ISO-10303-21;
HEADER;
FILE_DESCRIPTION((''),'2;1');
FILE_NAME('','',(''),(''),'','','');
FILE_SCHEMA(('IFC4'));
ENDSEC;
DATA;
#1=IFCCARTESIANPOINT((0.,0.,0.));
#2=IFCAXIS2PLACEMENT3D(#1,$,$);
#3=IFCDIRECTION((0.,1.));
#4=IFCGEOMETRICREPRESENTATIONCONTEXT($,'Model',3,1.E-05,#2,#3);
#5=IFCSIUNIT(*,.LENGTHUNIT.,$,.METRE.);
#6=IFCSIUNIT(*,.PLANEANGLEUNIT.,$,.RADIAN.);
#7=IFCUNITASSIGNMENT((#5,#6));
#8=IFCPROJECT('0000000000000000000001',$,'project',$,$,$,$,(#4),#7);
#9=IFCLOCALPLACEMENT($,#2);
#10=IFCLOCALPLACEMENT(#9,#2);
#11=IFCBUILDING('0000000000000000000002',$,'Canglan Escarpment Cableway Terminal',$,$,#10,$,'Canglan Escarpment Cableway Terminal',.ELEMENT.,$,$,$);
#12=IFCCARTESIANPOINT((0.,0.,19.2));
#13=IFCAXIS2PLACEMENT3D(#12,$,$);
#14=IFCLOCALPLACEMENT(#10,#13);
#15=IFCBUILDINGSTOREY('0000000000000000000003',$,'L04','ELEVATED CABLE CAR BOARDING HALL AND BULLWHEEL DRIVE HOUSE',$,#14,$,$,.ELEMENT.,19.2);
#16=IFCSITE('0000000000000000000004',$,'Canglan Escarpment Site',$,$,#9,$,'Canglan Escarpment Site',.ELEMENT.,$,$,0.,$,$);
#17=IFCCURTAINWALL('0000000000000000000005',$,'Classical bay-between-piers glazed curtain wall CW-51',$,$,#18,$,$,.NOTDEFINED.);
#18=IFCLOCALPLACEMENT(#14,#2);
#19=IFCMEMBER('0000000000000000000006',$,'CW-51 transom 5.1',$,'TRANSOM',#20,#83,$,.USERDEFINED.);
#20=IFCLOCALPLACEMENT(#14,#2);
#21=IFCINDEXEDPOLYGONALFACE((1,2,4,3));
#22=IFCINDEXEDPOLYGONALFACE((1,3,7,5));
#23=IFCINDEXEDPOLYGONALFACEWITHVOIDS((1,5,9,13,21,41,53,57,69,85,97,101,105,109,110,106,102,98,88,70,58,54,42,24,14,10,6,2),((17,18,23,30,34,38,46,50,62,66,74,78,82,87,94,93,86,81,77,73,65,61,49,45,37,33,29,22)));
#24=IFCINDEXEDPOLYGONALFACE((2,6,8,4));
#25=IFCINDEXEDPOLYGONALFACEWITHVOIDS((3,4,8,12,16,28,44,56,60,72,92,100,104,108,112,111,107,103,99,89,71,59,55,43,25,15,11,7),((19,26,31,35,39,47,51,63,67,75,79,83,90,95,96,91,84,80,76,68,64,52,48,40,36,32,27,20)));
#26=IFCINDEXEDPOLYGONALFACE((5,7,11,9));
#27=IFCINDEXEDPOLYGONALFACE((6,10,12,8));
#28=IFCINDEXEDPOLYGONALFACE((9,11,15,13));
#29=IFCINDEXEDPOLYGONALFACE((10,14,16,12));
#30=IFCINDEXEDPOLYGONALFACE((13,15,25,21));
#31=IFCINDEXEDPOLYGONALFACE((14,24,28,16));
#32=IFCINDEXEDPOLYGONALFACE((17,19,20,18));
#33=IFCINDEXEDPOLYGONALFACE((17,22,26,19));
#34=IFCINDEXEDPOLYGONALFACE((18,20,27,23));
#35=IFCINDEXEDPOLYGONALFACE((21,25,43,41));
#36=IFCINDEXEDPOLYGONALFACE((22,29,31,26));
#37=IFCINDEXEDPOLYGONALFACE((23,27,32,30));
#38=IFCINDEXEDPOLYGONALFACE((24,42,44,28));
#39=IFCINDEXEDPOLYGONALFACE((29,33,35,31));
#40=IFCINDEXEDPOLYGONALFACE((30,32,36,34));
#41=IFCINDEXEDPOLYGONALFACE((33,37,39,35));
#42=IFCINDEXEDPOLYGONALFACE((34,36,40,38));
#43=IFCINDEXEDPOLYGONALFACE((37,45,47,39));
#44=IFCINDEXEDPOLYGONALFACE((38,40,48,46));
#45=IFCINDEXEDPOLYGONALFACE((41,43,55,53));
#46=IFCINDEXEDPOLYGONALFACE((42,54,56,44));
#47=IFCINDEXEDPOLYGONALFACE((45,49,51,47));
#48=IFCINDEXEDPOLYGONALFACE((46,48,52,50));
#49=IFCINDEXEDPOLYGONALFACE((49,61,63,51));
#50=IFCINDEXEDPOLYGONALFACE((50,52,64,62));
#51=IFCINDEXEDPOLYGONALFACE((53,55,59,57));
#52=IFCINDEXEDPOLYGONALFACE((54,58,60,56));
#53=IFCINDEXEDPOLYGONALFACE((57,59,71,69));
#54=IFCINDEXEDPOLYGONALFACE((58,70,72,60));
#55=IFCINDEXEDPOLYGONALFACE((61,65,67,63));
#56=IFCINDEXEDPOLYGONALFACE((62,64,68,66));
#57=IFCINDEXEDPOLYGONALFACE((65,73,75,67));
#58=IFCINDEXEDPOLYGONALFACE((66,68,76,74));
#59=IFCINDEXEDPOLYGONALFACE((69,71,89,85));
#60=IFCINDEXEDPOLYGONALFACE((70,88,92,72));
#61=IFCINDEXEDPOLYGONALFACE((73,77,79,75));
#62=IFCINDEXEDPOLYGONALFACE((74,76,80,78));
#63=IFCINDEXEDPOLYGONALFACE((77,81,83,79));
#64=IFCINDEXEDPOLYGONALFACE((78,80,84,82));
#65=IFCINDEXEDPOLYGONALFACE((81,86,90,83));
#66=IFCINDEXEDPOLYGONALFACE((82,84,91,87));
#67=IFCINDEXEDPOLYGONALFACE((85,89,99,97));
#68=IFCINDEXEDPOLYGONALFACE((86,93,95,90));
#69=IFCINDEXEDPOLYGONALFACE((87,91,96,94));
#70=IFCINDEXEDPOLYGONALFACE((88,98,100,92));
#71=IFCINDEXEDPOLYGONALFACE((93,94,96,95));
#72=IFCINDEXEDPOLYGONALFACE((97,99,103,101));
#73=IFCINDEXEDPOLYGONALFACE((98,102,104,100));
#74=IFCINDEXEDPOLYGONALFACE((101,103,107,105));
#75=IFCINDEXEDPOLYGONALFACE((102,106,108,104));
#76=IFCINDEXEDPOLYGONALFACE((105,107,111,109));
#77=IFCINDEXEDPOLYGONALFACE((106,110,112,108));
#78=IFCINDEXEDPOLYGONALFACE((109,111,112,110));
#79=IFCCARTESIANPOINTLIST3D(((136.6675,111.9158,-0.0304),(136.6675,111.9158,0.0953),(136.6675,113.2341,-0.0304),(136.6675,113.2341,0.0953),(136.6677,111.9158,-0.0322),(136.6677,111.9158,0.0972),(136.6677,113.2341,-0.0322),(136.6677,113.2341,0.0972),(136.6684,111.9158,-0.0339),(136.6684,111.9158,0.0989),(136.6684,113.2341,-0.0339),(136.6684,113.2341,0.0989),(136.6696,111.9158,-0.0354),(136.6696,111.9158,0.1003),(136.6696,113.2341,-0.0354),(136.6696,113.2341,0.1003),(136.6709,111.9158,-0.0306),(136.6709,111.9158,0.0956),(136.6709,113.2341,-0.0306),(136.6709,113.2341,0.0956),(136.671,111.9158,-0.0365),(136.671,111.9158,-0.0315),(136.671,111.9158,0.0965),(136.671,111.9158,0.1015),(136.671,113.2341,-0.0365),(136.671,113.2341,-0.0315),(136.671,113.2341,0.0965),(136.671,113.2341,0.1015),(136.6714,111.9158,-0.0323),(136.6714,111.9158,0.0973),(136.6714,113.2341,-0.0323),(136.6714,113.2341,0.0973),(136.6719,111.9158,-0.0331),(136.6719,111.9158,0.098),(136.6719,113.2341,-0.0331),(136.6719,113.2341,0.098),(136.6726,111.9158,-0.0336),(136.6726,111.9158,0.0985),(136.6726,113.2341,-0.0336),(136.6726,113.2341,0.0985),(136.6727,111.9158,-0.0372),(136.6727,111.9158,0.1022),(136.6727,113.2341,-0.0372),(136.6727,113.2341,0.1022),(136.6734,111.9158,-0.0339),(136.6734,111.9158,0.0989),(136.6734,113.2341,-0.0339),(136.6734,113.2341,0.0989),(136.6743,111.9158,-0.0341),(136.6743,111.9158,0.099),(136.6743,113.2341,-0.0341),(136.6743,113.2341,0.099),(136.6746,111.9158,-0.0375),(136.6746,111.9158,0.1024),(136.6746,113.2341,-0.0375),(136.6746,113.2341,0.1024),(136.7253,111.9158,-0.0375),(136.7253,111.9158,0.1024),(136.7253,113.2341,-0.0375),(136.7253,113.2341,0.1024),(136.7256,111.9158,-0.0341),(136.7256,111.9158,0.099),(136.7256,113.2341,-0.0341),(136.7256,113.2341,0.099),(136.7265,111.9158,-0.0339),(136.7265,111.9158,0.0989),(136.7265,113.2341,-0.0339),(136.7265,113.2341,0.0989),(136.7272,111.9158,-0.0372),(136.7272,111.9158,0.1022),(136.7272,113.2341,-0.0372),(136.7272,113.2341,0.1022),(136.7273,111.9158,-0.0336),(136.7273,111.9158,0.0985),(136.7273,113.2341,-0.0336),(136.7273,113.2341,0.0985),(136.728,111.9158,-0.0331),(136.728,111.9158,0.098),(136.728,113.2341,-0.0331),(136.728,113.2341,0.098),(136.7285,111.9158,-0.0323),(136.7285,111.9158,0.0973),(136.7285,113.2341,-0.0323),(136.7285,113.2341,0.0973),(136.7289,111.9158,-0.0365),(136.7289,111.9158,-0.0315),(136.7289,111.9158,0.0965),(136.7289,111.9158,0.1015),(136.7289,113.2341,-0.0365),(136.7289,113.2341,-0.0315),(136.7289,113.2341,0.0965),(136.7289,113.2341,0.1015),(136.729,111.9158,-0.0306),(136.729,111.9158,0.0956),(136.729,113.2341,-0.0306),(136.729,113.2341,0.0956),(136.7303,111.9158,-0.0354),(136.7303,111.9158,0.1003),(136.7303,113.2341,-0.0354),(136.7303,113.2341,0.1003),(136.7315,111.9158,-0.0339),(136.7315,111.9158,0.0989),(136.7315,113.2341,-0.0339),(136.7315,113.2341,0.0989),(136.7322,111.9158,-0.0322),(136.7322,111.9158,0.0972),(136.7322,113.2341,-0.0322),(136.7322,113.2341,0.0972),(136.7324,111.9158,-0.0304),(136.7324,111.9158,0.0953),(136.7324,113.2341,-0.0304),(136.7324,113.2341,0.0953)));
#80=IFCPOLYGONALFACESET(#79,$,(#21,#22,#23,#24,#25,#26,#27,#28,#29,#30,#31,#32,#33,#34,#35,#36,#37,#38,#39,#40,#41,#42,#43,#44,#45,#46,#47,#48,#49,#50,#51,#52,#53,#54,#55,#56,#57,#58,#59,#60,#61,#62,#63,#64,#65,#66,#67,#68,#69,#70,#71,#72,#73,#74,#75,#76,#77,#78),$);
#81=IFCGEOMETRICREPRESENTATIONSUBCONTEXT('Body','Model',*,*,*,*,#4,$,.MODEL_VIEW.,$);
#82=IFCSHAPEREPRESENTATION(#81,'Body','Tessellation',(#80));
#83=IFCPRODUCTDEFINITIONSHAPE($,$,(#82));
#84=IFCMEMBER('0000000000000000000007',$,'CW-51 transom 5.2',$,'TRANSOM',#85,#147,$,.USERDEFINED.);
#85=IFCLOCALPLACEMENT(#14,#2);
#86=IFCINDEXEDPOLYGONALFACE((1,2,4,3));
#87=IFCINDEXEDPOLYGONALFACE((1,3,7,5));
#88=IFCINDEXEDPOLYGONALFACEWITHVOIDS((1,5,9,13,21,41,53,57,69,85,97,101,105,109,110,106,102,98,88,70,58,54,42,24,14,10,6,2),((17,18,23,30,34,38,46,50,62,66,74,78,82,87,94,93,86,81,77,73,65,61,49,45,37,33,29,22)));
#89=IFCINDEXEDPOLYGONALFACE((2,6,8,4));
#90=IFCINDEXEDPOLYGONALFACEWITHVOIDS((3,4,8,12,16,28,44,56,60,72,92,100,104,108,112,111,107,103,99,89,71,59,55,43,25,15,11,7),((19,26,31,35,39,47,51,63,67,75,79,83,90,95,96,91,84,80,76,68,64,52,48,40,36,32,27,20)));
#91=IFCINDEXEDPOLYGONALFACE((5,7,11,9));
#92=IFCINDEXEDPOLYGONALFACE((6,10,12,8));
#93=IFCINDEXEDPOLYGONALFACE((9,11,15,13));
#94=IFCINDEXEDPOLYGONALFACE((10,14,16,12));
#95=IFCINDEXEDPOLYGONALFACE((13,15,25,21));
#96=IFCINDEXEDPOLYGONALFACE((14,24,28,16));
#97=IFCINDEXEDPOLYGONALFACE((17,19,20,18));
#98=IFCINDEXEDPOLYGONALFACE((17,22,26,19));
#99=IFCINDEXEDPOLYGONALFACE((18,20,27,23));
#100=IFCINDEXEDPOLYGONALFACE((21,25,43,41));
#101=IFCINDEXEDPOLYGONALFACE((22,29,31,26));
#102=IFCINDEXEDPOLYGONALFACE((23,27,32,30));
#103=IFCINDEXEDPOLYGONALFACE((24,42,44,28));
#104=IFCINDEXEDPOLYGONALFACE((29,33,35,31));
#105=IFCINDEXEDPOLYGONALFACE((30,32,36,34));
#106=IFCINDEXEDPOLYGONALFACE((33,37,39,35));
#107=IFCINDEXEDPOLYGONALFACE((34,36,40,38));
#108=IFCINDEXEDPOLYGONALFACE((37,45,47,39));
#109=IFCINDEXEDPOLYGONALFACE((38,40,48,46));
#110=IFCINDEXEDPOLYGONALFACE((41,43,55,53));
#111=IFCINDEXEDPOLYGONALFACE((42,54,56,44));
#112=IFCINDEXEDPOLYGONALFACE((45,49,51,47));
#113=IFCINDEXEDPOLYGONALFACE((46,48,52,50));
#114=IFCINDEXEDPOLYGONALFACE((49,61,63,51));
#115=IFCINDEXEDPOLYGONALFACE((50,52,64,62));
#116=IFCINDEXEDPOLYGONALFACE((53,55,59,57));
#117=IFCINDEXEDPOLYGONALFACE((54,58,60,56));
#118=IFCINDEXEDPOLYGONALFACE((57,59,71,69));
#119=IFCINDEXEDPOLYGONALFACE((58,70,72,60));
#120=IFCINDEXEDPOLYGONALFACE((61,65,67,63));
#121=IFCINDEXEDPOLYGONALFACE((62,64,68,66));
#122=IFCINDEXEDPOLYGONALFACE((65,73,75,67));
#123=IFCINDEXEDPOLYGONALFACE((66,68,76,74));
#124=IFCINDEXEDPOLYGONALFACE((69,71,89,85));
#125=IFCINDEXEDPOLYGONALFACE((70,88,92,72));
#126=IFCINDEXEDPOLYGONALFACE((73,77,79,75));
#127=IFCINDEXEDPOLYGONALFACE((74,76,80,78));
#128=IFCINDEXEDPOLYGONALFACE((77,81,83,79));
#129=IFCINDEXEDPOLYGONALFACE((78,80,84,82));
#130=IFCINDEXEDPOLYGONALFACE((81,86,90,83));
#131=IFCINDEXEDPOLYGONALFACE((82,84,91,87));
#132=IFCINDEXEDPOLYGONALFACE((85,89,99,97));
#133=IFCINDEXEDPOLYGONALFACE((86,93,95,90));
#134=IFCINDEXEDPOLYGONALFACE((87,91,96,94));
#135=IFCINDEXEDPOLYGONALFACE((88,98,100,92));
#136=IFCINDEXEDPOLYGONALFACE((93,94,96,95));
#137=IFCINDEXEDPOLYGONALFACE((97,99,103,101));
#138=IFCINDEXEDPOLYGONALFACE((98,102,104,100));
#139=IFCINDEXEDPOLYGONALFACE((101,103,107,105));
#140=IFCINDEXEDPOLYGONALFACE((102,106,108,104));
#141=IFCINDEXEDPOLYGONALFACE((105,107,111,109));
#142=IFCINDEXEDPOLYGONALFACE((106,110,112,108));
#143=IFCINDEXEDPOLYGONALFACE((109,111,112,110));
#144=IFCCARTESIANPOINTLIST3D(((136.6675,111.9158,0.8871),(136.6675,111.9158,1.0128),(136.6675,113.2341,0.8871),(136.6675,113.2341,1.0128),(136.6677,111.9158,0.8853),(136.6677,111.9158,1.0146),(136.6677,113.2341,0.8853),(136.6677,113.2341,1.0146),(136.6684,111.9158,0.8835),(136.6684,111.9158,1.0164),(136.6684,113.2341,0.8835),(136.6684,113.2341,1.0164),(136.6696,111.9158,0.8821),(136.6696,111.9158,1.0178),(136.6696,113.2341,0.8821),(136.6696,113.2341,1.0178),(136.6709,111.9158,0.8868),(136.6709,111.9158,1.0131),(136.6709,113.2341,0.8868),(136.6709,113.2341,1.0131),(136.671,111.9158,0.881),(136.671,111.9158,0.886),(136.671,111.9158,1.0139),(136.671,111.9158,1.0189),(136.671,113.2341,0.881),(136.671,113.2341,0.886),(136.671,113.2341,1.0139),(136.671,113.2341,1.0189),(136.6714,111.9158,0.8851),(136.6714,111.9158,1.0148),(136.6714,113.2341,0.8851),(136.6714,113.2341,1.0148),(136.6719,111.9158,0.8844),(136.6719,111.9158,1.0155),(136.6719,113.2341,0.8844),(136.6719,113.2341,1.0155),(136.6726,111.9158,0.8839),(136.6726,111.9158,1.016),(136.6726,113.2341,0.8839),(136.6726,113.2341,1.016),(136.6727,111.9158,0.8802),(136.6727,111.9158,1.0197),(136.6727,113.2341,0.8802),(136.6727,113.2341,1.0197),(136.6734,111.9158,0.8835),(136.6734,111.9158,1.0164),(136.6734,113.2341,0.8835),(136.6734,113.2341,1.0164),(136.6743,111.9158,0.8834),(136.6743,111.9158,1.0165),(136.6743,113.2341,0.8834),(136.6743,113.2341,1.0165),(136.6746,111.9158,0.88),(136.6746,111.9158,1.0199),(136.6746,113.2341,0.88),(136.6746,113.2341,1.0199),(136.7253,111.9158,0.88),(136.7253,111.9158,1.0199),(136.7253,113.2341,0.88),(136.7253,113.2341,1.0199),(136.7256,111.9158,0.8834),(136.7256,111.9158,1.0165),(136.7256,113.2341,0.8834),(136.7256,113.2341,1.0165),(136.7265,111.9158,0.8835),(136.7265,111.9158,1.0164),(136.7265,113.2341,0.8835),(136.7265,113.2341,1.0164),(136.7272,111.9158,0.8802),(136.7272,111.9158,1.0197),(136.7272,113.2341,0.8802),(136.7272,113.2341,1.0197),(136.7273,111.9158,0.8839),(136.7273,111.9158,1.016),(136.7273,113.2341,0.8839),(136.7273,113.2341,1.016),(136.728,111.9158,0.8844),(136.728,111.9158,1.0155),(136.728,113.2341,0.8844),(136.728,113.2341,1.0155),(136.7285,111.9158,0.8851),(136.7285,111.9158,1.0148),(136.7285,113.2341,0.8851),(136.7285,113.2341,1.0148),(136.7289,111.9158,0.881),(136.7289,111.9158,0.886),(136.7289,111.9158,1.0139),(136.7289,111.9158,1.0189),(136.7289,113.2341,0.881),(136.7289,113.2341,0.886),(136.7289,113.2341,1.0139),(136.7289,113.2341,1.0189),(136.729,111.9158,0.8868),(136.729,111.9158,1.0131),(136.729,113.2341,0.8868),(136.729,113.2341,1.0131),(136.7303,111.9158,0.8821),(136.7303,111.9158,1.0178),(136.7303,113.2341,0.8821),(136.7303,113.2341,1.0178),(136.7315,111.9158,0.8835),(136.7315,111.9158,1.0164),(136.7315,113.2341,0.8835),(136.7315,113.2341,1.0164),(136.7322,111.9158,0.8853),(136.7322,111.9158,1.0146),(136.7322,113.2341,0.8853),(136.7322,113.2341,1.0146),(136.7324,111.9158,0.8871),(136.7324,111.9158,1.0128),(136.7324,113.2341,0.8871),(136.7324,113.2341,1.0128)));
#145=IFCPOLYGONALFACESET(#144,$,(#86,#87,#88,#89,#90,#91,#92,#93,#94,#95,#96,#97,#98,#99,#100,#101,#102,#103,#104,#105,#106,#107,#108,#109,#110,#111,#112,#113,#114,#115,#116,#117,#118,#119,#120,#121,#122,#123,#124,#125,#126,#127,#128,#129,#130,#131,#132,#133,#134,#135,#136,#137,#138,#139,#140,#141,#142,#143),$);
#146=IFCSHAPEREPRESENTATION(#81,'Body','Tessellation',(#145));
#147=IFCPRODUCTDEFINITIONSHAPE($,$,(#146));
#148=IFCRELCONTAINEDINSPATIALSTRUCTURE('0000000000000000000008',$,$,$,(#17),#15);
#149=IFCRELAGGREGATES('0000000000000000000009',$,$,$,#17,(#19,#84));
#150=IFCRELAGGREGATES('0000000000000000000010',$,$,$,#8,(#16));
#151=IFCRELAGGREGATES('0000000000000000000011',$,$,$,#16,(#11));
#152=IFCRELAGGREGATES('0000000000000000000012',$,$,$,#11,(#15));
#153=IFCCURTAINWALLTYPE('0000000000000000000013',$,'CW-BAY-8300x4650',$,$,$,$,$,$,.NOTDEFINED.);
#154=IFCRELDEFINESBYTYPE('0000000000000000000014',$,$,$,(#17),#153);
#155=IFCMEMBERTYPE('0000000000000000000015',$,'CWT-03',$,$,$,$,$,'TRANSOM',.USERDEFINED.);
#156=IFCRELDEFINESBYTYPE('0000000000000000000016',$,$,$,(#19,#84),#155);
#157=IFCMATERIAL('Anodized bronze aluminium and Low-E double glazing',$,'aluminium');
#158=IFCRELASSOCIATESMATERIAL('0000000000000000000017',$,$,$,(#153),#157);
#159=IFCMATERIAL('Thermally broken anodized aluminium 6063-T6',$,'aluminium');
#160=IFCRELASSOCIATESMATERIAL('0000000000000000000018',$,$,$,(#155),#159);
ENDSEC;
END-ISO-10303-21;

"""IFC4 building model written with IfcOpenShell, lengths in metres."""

from ifc_helpers import new_model, si_unit, direction, frame, origin, origin_2d, place, context, subcontext, project, spatial, hollow_rectangle, extrude, material, material_profile, profile_set, type_object, element, aggregate, save


model = new_model("IFC4")

# Units and contexts
model_context = context("Model", 3, precision=1e-05, world=origin(), true_north=direction((0.0, 1.0)))
body_context = subcontext(model_context, "Body", "Model", "MODEL_VIEW")
ifc_project = project(units=[si_unit("LENGTHUNIT", "METRE"), si_unit("PLANEANGLEUNIT", "RADIAN")], contexts=[model_context])

# Site, building, storey
site_placement = place(None, origin())
site = spatial("IfcSite", under=ifc_project, at=site_placement, Name="Canglan Escarpment Site", LongName="Canglan Escarpment Site", CompositionType="ELEMENT", RefElevation=0.0)
building_placement = place(site_placement, origin())
building = spatial("IfcBuilding", under=site, at=building_placement, Name="Canglan Escarpment Cableway Terminal", LongName="Canglan Escarpment Cableway Terminal", CompositionType="ELEMENT")
storey_placement = place(building_placement, frame((0.0, 0.0, 19.2)))
storey = spatial("IfcBuildingStorey", under=building, at=storey_placement, Name="L04", Description="ELEVATED CABLE CAR BOARDING HALL AND BULLWHEEL DRIVE HOUSE", CompositionType="ELEMENT", Elevation=19.2)

# Shared definitions
ifc_material_1 = material(Name="Anodized bronze aluminium and Low-E double glazing", Category="aluminium")
ifc_material_2 = material(Name="Thermally broken anodized aluminium 6063-T6", Category="aluminium")

# Curtain wall, members
curtain_wall_type_1 = type_object("IfcCurtainWallType", Name="CW-BAY-8300x4650", PredefinedType="NOTDEFINED", material=ifc_material_1)
curtain_wall_1_placement = place(storey_placement, origin())
curtain_wall_1 = element("IfcCurtainWall", 1, at=curtain_wall_1_placement, inside=storey, type_object=curtain_wall_type_1, Name="Classical bay-between-piers glazed curtain wall CW-51", PredefinedType="NOTDEFINED")
ifc_material_profile_1 = material_profile(ifc_material_2, hollow_rectangle(XDim=0.0649, YDim=0.1399, WallThickness=0.0034, InnerFilletRadius=0.0034, OuterFilletRadius=0.0071, at=origin_2d()), Name="ALU-TRAN 65x140x3.5")
ifc_profile_set_1 = profile_set([ifc_material_profile_1], Name="Thermally broken anodized aluminium 6063-T6")
member_type_1 = type_object("IfcMemberType", Name="CWT-03", ElementType="TRANSOM", PredefinedType="USERDEFINED", material=ifc_profile_set_1)
member_1_placement = place(storey_placement, frame((136.7, 111.9158, 0.0325), z_axis=(0.0, 1.0, 0.0), x_axis=(-1.0, 0.0, 0.0)))
member_1 = element("IfcMember", 2, at=member_1_placement, type_object=member_type_1, Name="CW-51 transom 5.1", ObjectType="TRANSOM", PredefinedType="USERDEFINED", context=body_context, shape_type="SweptSolid", body=[
    extrude(hollow_rectangle(XDim=0.0649, YDim=0.1399, WallThickness=0.0034, InnerFilletRadius=0.0034, OuterFilletRadius=0.0071, at=origin_2d()), origin(), (0.0, 0.0, 1.0), 1.3184),
])
member_2_placement = place(storey_placement, frame((136.7, 111.9158, 0.95), z_axis=(0.0, 1.0, 0.0), x_axis=(-1.0, 0.0, 0.0)))
member_2 = element("IfcMember", 3, at=member_2_placement, type_object=member_type_1, Name="CW-51 transom 5.2", ObjectType="TRANSOM", PredefinedType="USERDEFINED", context=body_context, shape_type="SweptSolid", body=[
    extrude(hollow_rectangle(XDim=0.0649, YDim=0.1399, WallThickness=0.0034, InnerFilletRadius=0.0034, OuterFilletRadius=0.0071, at=origin_2d()), origin(), (0.0, 0.0, 1.0), 1.3184),
])

aggregate(curtain_wall_1, [member_1, member_2])

save(model, "model.ifc")
